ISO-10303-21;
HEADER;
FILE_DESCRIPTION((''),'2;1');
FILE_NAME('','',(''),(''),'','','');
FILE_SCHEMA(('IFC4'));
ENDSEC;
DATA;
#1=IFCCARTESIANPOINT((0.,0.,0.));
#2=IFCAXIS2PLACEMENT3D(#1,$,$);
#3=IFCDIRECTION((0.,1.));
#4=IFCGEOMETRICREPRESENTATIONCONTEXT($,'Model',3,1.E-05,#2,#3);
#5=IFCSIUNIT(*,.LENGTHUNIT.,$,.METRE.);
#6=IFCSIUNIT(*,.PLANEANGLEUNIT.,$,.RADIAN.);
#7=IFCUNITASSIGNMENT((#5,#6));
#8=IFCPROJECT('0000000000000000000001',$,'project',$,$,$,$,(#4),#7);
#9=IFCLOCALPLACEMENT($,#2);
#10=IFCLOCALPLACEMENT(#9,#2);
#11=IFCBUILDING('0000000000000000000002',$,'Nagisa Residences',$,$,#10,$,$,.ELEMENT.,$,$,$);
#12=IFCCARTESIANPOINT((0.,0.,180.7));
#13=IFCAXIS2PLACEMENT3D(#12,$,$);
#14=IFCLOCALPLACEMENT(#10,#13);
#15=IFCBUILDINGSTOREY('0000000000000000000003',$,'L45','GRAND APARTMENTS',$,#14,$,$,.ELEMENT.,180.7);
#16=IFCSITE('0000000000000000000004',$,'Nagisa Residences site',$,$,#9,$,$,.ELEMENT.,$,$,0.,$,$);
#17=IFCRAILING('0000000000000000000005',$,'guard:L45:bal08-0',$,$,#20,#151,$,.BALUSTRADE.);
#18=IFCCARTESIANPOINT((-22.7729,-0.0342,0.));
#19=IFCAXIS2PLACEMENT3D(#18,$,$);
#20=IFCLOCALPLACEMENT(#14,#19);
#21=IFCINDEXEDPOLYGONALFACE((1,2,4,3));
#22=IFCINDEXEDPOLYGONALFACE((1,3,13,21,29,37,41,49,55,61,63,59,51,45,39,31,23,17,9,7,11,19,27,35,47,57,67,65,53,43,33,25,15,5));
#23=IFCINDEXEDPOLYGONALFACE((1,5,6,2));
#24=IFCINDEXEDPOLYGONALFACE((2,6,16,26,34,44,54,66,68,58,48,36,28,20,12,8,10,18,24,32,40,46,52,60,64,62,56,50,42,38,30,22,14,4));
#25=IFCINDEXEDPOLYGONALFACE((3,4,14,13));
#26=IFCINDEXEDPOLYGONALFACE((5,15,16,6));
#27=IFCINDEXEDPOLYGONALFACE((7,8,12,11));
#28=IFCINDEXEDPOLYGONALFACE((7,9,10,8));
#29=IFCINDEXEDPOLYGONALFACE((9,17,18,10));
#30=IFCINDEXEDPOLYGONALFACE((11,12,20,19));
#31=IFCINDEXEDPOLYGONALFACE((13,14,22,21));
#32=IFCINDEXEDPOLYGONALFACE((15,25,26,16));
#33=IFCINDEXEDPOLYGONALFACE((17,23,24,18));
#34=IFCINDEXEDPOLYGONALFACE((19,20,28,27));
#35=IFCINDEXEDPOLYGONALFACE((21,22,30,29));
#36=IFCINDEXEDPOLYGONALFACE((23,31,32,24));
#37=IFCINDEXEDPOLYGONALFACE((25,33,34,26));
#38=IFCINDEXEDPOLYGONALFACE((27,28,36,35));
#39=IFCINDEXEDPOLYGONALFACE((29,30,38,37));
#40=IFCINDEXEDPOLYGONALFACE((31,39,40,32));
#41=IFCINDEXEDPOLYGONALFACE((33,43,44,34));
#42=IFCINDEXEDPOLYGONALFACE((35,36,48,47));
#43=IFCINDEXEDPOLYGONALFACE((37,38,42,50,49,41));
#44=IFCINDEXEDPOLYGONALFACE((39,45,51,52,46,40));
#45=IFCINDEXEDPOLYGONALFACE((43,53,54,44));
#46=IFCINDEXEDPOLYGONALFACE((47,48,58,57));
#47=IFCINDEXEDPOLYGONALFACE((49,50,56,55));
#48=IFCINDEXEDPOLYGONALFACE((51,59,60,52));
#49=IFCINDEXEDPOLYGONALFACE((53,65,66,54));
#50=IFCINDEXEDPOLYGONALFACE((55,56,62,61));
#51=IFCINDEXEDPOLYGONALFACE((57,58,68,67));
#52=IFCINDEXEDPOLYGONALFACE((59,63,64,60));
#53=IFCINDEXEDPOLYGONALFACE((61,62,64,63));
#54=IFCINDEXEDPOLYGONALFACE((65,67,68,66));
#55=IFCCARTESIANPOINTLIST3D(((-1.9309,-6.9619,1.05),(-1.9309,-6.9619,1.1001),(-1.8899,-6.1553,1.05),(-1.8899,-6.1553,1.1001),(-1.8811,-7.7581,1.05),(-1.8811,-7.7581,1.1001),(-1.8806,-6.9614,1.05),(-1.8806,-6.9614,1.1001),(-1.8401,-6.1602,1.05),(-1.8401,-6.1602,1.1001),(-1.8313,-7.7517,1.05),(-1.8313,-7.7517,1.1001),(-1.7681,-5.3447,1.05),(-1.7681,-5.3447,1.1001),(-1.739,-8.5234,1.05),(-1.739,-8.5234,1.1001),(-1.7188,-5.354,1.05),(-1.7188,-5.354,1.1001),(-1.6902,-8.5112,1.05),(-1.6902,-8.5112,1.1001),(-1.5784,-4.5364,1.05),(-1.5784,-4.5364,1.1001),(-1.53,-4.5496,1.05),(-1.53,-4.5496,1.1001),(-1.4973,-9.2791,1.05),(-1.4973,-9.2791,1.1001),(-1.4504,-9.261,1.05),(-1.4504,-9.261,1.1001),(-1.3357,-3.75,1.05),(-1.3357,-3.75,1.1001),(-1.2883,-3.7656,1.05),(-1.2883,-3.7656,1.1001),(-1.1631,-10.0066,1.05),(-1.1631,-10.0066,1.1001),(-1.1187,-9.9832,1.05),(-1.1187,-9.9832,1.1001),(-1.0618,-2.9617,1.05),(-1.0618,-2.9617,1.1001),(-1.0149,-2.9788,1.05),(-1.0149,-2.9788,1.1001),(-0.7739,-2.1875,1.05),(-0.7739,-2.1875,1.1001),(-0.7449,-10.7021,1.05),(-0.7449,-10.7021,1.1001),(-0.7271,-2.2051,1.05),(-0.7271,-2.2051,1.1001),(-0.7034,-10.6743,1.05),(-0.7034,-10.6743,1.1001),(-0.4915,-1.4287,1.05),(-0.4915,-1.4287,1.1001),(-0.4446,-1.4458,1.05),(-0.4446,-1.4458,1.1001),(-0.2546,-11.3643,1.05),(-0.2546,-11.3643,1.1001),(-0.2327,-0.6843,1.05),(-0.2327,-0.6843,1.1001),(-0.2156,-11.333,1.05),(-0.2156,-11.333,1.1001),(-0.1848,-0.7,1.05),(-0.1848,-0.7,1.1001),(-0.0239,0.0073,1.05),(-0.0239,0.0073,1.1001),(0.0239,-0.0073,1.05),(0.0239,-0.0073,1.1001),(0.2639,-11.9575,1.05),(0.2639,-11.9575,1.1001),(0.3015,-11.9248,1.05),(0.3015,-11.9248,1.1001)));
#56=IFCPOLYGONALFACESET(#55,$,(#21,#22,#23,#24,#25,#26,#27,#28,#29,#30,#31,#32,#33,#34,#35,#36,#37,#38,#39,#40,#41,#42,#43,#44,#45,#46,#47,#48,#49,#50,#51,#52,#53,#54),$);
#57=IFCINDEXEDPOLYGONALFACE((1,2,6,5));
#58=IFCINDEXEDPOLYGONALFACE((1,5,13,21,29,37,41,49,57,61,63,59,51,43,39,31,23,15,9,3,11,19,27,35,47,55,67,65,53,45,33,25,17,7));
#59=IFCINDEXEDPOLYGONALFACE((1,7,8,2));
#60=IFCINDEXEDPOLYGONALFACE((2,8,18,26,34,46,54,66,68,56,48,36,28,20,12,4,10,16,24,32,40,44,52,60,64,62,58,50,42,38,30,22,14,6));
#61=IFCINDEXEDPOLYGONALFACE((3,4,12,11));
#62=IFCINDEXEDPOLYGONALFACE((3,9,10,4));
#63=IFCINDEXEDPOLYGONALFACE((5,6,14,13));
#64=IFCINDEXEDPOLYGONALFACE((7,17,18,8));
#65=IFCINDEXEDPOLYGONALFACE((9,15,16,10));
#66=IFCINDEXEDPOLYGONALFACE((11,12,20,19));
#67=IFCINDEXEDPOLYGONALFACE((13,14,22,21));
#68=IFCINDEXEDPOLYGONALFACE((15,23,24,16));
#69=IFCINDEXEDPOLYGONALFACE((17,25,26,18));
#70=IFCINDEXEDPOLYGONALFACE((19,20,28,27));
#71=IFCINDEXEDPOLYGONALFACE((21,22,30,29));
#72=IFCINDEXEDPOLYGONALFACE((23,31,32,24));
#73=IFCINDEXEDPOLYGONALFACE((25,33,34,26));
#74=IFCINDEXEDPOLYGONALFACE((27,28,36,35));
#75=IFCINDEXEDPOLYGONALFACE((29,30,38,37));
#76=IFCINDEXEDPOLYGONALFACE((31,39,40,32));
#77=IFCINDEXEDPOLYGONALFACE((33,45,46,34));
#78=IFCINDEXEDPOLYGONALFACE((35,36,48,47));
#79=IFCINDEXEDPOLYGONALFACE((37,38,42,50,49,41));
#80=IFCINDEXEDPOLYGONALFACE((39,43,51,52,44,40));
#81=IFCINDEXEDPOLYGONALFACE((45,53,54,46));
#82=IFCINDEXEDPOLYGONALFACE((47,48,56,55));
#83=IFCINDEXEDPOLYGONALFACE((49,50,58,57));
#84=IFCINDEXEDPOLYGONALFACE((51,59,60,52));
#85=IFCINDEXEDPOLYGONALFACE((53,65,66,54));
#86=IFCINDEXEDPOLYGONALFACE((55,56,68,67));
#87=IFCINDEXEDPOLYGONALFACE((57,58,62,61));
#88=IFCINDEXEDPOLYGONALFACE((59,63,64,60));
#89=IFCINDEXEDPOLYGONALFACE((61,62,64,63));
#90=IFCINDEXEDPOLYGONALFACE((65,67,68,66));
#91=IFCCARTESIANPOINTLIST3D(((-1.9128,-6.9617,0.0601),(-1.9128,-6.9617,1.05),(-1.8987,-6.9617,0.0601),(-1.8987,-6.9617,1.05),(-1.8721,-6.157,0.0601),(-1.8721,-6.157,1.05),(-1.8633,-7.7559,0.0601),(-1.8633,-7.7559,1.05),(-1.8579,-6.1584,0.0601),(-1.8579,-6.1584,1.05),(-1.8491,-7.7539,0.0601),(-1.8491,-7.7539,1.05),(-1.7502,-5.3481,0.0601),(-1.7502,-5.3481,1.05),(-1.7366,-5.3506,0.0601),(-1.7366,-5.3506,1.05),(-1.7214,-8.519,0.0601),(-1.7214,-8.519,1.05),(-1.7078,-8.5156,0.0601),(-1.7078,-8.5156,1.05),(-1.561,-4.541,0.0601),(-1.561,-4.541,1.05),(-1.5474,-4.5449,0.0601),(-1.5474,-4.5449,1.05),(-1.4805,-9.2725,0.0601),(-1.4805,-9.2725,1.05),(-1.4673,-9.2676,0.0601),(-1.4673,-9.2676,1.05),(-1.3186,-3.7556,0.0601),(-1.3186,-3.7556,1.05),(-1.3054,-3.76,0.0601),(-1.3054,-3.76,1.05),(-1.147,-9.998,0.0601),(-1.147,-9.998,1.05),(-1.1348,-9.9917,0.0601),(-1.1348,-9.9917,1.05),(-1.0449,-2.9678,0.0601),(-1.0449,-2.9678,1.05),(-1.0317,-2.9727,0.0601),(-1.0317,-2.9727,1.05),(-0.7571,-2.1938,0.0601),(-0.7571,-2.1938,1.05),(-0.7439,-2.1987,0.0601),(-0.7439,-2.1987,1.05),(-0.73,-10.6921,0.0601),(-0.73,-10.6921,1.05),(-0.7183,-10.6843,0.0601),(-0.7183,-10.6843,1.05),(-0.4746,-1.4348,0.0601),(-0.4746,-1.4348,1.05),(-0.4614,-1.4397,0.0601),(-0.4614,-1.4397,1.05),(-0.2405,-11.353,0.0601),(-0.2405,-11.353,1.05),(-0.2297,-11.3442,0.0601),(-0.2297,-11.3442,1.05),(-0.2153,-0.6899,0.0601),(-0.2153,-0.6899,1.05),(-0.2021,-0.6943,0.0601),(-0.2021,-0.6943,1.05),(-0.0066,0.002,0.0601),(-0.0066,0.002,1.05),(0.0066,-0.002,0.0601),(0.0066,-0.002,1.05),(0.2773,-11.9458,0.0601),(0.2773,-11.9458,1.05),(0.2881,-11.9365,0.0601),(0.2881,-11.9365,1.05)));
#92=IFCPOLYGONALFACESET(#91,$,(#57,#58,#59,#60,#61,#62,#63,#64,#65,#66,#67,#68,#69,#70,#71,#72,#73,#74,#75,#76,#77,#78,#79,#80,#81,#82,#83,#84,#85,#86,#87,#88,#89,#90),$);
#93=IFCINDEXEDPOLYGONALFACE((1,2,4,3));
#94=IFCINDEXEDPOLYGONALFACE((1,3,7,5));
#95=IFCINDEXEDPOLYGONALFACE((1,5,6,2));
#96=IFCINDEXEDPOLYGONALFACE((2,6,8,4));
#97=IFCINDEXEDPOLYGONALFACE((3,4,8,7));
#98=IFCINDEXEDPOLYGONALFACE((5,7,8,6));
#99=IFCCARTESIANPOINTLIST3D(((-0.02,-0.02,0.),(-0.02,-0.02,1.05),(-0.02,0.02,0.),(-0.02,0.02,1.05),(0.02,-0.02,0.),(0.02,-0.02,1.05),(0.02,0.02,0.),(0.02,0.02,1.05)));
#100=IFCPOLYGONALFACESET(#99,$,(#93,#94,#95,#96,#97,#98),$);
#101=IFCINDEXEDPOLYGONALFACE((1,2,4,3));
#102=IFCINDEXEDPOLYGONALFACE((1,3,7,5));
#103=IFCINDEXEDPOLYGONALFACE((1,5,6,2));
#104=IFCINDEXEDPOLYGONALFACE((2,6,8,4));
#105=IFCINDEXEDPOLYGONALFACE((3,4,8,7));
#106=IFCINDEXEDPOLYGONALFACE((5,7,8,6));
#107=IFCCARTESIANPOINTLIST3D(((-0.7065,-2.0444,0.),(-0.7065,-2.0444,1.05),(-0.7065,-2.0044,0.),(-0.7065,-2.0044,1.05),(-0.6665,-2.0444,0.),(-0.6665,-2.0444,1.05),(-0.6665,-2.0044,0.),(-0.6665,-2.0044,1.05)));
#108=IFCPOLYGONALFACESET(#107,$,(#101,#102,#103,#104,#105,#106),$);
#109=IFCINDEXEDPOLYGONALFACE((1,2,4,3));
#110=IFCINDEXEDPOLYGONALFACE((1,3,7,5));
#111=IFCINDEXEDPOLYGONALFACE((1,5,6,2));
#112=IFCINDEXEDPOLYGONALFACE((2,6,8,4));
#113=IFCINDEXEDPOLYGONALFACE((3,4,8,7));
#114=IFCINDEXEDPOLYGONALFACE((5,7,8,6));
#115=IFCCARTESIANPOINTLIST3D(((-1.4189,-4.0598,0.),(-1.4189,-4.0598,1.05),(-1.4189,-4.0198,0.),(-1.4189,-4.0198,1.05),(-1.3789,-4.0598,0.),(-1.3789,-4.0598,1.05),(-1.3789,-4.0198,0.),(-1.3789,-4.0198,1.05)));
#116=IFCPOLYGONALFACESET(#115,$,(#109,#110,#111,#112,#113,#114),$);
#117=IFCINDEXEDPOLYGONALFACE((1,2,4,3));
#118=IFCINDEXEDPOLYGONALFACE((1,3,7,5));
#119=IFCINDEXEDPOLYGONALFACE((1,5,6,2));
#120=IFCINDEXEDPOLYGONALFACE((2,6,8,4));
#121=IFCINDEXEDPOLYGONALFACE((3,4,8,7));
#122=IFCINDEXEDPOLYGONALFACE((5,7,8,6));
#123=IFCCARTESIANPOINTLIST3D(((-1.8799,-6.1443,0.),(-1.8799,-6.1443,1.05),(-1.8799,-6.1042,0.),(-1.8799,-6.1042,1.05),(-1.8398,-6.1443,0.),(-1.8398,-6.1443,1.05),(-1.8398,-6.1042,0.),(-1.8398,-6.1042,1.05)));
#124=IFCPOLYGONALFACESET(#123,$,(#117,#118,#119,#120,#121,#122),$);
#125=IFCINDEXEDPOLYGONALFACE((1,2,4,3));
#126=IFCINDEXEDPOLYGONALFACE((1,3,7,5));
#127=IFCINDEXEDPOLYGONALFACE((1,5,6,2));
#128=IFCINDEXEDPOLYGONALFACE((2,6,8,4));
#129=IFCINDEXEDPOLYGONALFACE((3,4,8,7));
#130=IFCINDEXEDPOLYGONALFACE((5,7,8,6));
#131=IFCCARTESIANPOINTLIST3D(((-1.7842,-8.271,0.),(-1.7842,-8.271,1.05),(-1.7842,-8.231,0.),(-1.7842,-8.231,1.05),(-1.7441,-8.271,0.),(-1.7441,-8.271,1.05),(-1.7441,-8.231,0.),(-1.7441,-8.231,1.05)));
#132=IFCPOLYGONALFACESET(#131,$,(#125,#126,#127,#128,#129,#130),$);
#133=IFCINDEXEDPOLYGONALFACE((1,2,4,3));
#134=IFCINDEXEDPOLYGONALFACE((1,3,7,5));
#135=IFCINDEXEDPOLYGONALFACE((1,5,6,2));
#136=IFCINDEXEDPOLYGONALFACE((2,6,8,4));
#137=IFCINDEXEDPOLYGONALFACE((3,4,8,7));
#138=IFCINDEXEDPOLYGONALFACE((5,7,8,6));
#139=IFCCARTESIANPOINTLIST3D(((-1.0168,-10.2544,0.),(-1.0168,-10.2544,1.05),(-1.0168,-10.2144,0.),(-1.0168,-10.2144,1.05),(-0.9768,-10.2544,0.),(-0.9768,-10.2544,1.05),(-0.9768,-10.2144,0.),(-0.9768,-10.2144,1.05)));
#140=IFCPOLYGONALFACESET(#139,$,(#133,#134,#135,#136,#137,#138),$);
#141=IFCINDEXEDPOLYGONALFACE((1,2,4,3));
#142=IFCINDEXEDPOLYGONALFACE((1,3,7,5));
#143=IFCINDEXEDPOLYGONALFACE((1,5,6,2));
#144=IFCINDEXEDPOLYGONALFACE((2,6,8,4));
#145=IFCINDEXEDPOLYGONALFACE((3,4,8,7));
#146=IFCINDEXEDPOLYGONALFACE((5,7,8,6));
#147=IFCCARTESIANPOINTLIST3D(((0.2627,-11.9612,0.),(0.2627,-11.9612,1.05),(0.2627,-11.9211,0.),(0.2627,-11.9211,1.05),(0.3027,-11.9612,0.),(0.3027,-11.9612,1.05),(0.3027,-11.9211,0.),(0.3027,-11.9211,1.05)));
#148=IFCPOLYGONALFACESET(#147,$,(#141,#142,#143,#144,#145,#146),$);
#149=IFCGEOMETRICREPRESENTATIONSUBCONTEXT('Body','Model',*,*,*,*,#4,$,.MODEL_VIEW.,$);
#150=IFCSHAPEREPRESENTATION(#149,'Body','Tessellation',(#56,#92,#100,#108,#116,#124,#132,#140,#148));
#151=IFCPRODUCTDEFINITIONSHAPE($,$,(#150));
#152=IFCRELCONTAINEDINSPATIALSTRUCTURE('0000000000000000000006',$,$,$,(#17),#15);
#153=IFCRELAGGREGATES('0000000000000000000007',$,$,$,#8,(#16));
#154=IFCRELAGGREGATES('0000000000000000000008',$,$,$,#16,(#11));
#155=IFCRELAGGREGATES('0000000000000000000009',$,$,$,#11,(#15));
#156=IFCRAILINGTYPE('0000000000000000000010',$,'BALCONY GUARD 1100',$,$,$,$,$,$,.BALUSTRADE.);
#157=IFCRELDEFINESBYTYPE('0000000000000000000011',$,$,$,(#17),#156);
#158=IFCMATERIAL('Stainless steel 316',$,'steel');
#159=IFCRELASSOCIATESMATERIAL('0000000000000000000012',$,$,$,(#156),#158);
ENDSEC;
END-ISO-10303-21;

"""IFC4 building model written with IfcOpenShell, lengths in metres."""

from ifc_helpers import new_model, si_unit, direction, frame, origin, origin_2d, place, context, subcontext, project, spatial, polyline, rectangle, outline, extrude, material, type_object, element, save


model = new_model("IFC4")

# Units and contexts
model_context = context("Model", 3, precision=1e-05, world=origin(), true_north=direction((0.0, 1.0)))
body_context = subcontext(model_context, "Body", "Model", "MODEL_VIEW")
ifc_project = project(units=[si_unit("LENGTHUNIT", "METRE"), si_unit("PLANEANGLEUNIT", "RADIAN")], contexts=[model_context])

# Site, building, storey
site_placement = place(None, origin())
site = spatial("IfcSite", under=ifc_project, at=site_placement, Name="Nagisa Residences site", CompositionType="ELEMENT", RefElevation=0.0)
building_placement = place(site_placement, origin())
building = spatial("IfcBuilding", under=site, at=building_placement, Name="Nagisa Residences", CompositionType="ELEMENT")
storey_placement = place(building_placement, frame((0.0, 0.0, 180.7)))
storey = spatial("IfcBuildingStorey", under=building, at=storey_placement, Name="L45", Description="GRAND APARTMENTS", CompositionType="ELEMENT", Elevation=180.7)

# Railing
ifc_material_1 = material(Name="Stainless steel 316", Category="steel")
railing_type = type_object("IfcRailingType", Name="BALCONY GUARD 1100", PredefinedType="BALUSTRADE", material=ifc_material_1)
railing_1_placement = place(storey_placement, frame((-22.7729, -0.0342, 0.0)))
element("IfcRailing", 1, at=railing_1_placement, inside=storey, type_object=railing_type, Name="guard:L45:bal08-0", PredefinedType="BALUSTRADE", context=body_context, shape_type="SweptSolid", body=[
    extrude(outline(polyline([(-0.1848, -0.7), (0.0239, -0.0073), (-0.0239, 0.0073), (-0.2327, -0.6843), (-0.4915, -1.4287), (-0.7739, -2.1875), (-1.0618, -2.9617), (-1.3357, -3.75), (-1.5784, -4.5364), (-1.7681, -5.3447), (-1.8899, -6.1553), (-1.9309, -6.9619), (-1.8811, -7.7581), (-1.739, -8.5234), (-1.4973, -9.2791), (-1.1631, -10.0066), (-0.7449, -10.7021), (-0.2546, -11.3643), (0.2639, -11.9575), (0.3015, -11.9248), (-0.2156, -11.333), (-0.7034, -10.6743), (-1.1187, -9.9832), (-1.4504, -9.261), (-1.6902, -8.5112), (-1.8313, -7.7517), (-1.8806, -6.9614), (-1.8401, -6.1602), (-1.7188, -5.354), (-1.53, -4.5496), (-1.2883, -3.7656), (-1.0149, -2.9788), (-0.7271, -2.2051), (-0.4446, -1.4458), (-0.1848, -0.7)])), frame((0.0, 0.0, 1.05)), (0.0, 0.0, 1.0), 0.05),
    extrude(outline(polyline([(-0.2021, -0.6943), (0.0066, -0.002), (-0.0066, 0.002), (-0.2153, -0.6899), (-0.4746, -1.4348), (-0.7571, -2.1938), (-1.0449, -2.9678), (-1.3186, -3.7556), (-1.561, -4.541), (-1.7502, -5.3481), (-1.8721, -6.157), (-1.9128, -6.9617), (-1.8633, -7.7559), (-1.7214, -8.519), (-1.4805, -9.2725), (-1.147, -9.998), (-0.73, -10.6921), (-0.2405, -11.353), (0.2773, -11.9458), (0.2881, -11.9365), (-0.2297, -11.3442), (-0.7183, -10.6843), (-1.1348, -9.9917), (-1.4673, -9.2676), (-1.7078, -8.5156), (-1.8491, -7.7539), (-1.8987, -6.9617), (-1.8579, -6.1584), (-1.7366, -5.3506), (-1.5474, -4.5449), (-1.3054, -3.76), (-1.0317, -2.9727), (-0.7439, -2.1987), (-0.4614, -1.4397), (-0.2021, -0.6943)])), frame((0.0, 0.0, 0.0601)), (0.0, 0.0, 1.0), 0.99),
    extrude(rectangle(XDim=0.04, YDim=0.04, at=origin_2d()), origin(), (0.0, 0.0, 1.0), 1.05),
    extrude(rectangle(XDim=0.04, YDim=0.04, at=origin_2d()), frame((-0.6865, -2.0244, 0.0)), (0.0, 0.0, 1.0), 1.05),
    extrude(rectangle(XDim=0.04, YDim=0.04, at=origin_2d()), frame((-1.3989, -4.0398, 0.0)), (0.0, 0.0, 1.0), 1.05),
    extrude(rectangle(XDim=0.04, YDim=0.04, at=origin_2d()), frame((-1.8599, -6.1243, 0.0)), (0.0, 0.0, 1.0), 1.05),
    extrude(rectangle(XDim=0.04, YDim=0.04, at=origin_2d()), frame((-1.7642, -8.251, 0.0)), (0.0, 0.0, 1.0), 1.05),
    extrude(rectangle(XDim=0.04, YDim=0.04, at=origin_2d()), frame((-0.9968, -10.2344, 0.0)), (0.0, 0.0, 1.0), 1.05),
    extrude(rectangle(XDim=0.04, YDim=0.04, at=origin_2d()), frame((0.2827, -11.9412, 0.0)), (0.0, 0.0, 1.0), 1.05),
])

save(model, "model.ifc")
